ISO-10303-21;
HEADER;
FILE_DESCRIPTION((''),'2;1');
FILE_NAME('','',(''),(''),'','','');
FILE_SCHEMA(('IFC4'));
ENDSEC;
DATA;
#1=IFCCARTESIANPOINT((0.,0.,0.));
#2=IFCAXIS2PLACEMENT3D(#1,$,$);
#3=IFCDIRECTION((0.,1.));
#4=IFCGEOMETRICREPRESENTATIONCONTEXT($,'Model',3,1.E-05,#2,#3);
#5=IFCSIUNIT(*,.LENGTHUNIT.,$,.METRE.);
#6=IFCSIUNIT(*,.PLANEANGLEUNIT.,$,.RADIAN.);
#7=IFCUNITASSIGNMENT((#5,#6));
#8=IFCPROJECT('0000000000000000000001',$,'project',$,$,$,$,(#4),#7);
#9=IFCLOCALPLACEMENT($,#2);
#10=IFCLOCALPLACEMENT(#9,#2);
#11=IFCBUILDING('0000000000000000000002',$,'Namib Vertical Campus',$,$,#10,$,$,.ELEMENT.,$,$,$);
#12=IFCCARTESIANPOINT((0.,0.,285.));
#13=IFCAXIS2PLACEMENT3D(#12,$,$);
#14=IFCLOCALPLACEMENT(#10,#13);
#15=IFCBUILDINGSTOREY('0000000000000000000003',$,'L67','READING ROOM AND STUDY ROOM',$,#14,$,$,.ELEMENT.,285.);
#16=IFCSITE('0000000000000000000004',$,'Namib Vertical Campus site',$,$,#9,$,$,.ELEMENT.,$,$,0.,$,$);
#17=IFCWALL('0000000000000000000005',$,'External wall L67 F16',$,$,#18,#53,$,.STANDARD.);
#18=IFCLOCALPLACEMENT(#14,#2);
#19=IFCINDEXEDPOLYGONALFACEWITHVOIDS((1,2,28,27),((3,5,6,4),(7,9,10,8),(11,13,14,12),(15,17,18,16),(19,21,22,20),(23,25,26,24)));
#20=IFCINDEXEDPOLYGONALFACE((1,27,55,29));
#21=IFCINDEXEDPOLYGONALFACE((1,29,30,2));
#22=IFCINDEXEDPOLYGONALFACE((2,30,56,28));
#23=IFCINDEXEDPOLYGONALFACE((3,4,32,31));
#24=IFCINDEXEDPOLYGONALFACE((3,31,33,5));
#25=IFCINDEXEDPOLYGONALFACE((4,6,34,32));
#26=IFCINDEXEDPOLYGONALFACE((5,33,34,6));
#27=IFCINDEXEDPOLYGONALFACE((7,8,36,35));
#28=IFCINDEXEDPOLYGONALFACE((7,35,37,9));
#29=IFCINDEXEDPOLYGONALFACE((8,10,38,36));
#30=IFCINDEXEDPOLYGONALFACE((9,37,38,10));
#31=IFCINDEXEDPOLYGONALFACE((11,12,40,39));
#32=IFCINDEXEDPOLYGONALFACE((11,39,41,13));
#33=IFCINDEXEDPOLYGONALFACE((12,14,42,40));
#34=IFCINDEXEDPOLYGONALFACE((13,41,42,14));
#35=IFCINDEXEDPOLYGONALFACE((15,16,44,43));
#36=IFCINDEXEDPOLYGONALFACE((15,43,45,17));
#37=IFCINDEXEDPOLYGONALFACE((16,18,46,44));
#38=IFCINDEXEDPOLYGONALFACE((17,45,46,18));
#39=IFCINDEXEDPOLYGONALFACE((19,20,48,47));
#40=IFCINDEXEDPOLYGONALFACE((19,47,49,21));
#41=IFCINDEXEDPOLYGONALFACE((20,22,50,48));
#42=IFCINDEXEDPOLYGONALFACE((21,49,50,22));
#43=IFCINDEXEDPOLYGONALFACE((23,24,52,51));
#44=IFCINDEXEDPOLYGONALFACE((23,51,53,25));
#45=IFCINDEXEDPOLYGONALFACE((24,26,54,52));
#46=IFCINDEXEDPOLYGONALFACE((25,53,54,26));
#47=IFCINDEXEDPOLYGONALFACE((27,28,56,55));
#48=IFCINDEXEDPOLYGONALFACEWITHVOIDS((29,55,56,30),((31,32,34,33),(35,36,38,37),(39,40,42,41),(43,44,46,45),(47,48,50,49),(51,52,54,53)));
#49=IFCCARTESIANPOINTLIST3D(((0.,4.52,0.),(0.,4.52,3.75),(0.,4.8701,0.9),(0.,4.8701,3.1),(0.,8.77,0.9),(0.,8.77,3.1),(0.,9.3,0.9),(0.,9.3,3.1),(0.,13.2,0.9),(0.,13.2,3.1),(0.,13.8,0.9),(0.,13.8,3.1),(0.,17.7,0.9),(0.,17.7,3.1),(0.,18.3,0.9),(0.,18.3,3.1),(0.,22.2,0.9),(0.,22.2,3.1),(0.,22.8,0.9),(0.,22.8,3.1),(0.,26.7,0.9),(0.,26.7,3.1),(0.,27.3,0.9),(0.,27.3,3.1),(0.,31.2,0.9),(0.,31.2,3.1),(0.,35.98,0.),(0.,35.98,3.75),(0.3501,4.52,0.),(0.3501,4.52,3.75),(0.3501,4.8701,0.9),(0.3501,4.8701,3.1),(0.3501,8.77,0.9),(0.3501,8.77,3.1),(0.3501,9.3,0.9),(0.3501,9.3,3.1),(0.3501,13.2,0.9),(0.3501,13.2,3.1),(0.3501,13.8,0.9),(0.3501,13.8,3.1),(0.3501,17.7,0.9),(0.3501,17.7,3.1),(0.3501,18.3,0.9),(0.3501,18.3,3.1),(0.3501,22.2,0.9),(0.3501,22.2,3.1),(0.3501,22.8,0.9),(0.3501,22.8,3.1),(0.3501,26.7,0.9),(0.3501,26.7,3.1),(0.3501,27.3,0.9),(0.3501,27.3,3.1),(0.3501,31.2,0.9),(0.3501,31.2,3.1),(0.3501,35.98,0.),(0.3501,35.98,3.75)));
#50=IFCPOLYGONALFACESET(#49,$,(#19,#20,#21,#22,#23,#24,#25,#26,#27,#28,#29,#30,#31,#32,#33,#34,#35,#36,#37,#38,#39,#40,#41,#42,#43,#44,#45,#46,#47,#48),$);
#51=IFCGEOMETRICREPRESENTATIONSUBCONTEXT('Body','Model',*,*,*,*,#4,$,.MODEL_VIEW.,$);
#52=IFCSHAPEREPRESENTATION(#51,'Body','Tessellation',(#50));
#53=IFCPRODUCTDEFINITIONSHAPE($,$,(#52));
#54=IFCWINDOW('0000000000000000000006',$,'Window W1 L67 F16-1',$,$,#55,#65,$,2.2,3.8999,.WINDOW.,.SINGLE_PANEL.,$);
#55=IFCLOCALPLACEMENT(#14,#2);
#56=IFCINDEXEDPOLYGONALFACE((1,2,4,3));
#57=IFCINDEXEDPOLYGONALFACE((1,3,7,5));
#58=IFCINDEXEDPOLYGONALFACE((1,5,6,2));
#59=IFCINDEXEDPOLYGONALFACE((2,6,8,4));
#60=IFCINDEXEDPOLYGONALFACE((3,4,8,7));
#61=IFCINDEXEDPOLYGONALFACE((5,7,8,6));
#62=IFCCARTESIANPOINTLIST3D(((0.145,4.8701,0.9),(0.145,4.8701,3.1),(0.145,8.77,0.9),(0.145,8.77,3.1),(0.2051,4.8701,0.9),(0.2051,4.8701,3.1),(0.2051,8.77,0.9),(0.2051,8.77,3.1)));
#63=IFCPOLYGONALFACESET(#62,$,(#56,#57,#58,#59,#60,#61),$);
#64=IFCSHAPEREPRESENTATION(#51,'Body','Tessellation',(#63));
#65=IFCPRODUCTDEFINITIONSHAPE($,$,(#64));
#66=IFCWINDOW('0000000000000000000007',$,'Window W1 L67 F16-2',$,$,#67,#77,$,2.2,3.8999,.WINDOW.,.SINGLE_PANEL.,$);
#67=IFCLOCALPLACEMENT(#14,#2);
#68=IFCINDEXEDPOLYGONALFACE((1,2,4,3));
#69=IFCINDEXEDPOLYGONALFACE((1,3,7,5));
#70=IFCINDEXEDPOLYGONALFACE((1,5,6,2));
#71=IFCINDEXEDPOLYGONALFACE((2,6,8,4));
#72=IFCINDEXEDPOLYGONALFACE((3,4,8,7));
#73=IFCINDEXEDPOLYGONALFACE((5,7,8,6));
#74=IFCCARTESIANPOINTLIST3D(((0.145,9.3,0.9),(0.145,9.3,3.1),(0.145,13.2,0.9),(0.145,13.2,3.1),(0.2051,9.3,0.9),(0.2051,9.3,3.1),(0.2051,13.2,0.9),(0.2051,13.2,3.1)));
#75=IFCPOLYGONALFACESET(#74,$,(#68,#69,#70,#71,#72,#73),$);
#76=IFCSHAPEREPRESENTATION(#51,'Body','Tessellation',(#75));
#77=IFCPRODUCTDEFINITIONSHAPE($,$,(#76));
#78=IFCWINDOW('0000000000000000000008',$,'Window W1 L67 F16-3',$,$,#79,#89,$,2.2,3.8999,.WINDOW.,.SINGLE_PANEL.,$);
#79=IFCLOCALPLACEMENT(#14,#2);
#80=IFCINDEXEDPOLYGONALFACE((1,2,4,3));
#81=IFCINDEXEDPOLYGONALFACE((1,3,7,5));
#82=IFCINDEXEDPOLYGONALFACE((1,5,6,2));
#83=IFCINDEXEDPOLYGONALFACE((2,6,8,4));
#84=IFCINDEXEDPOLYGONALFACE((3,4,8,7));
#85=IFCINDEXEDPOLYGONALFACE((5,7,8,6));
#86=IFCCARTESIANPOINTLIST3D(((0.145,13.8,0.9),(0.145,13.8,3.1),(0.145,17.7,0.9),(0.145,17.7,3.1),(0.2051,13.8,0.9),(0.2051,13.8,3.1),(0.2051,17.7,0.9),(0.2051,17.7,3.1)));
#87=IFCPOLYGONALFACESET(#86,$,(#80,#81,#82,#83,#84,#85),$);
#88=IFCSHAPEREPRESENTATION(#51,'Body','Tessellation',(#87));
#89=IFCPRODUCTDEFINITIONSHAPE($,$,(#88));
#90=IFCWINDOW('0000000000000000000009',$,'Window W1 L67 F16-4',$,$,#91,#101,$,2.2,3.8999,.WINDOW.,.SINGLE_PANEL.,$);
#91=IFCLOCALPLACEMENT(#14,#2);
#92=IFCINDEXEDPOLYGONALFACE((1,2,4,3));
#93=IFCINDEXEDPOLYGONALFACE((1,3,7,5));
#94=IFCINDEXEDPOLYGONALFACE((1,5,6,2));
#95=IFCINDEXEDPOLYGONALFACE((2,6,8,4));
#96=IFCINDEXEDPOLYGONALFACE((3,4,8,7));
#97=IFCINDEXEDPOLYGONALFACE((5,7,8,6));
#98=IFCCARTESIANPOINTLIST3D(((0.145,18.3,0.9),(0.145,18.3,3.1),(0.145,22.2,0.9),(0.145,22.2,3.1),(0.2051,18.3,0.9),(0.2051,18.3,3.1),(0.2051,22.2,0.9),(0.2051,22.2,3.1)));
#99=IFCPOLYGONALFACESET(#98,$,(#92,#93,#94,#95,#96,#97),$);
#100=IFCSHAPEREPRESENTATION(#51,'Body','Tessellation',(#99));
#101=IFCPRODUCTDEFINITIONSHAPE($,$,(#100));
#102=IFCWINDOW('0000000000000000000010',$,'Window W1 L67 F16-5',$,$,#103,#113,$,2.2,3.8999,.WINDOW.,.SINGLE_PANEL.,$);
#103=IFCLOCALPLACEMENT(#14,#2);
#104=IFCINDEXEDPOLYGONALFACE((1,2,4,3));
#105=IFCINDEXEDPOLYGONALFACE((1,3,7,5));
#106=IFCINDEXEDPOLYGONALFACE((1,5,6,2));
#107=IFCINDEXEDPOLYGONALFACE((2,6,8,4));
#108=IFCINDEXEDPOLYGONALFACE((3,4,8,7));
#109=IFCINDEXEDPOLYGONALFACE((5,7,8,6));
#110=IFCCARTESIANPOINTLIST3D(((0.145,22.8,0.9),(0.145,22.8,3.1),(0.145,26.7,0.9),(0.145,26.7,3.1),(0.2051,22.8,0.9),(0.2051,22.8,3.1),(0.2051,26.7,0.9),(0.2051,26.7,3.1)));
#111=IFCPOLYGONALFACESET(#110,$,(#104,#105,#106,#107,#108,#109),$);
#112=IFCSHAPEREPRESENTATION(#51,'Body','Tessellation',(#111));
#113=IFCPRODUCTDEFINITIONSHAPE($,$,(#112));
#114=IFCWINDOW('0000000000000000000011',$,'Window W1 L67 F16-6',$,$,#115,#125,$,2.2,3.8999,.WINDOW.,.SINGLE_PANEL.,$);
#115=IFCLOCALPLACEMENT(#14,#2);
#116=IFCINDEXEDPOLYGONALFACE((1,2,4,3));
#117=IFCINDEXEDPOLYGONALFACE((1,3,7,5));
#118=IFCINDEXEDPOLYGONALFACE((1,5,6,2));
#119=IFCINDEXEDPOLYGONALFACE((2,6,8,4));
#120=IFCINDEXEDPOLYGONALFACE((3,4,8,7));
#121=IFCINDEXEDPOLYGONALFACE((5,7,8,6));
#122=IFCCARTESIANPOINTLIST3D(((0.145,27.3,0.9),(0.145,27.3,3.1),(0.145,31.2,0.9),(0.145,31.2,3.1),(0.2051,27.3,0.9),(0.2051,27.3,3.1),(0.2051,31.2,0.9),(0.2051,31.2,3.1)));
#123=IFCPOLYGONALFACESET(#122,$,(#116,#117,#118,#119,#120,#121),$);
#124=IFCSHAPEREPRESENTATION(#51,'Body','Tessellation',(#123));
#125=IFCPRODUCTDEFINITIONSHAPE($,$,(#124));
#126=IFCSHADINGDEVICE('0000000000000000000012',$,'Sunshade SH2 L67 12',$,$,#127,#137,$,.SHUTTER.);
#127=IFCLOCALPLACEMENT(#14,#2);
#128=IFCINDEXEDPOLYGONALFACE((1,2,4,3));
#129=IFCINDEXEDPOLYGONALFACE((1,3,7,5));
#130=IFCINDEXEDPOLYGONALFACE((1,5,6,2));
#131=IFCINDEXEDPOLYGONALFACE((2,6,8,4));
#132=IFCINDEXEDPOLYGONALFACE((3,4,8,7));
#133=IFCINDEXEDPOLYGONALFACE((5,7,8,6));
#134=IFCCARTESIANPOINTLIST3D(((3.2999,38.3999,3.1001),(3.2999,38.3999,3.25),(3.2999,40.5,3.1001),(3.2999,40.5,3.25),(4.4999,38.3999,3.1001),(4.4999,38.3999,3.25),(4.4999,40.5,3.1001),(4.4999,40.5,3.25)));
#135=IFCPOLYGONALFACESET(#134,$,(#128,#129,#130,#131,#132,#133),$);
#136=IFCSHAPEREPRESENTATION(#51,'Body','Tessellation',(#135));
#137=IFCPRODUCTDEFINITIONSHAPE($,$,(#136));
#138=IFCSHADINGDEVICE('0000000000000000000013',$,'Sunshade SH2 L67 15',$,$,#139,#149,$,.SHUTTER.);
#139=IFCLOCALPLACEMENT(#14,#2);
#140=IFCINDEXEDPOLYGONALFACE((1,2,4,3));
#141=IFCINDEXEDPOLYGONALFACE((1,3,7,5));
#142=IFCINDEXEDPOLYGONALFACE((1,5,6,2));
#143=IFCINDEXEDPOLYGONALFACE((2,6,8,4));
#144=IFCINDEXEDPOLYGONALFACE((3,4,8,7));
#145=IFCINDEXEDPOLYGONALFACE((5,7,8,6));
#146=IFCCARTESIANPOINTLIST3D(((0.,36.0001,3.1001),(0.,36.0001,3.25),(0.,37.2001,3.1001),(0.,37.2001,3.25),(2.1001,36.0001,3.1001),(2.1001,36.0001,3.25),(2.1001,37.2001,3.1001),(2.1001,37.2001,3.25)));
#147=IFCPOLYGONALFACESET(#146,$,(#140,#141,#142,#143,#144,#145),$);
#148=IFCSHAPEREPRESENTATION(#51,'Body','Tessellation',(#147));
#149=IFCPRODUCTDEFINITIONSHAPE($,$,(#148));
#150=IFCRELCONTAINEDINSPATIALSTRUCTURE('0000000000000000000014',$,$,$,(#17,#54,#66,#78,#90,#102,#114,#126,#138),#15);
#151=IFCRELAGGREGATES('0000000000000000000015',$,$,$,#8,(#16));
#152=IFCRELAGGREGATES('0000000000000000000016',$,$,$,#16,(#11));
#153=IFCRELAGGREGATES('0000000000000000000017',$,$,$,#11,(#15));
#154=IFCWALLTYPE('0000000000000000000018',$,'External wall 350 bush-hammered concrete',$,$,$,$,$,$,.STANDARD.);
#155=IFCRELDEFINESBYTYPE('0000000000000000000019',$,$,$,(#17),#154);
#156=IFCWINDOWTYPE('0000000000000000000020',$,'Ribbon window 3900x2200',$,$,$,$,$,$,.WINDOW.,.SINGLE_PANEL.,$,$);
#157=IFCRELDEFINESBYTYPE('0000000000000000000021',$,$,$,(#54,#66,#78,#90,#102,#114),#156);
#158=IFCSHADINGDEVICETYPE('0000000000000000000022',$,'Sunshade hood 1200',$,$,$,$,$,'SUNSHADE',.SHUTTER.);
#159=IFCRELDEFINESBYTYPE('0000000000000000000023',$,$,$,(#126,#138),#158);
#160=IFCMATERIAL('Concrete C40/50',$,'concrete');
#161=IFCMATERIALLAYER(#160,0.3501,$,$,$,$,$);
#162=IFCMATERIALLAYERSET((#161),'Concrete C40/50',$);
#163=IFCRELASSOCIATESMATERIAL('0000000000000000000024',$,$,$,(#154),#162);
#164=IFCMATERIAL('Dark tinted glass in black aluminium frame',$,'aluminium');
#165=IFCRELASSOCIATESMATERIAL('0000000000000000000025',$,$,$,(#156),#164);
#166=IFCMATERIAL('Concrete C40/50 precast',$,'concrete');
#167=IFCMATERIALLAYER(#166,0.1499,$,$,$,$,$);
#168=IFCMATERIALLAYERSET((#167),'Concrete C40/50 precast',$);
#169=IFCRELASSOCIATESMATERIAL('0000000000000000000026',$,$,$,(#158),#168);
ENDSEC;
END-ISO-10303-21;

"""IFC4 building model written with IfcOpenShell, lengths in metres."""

from ifc_helpers import new_model, si_unit, direction, frame, frame_2d, origin, origin_2d, place, context, subcontext, project, spatial, rectangle, extrude, material, layer, layer_set, type_object, element, fill, save


model = new_model("IFC4")

# Units and contexts
model_context = context("Model", 3, precision=1e-05, world=origin(), true_north=direction((0.0, 1.0)))
body_context = subcontext(model_context, "Body", "Model", "MODEL_VIEW")
ifc_project = project(units=[si_unit("LENGTHUNIT", "METRE"), si_unit("PLANEANGLEUNIT", "RADIAN")], contexts=[model_context])

# Site, building, storey
site_placement = place(None, origin())
site = spatial("IfcSite", under=ifc_project, at=site_placement, Name="Namib Vertical Campus site", CompositionType="ELEMENT", RefElevation=0.0)
building_placement = place(site_placement, origin())
building = spatial("IfcBuilding", under=site, at=building_placement, Name="Namib Vertical Campus", CompositionType="ELEMENT")
storey_placement = place(building_placement, frame((0.0, 0.0, 285.0)))
storey = spatial("IfcBuildingStorey", under=building, at=storey_placement, Name="L67", Description="READING ROOM AND STUDY ROOM", CompositionType="ELEMENT", Elevation=285.0)

# Shared definitions
ifc_material_1 = material(Name="Concrete C40/50", Category="concrete")
ifc_layer_1 = layer(ifc_material_1, 0.3501)
ifc_layer_set_1 = layer_set([ifc_layer_1], Name="Concrete C40/50")
wall_type_1 = type_object("IfcWallType", Name="External wall 350 bush-hammered concrete", PredefinedType="STANDARD", material=ifc_layer_set_1)

# Wall, openings, windows
wall_1_placement = place(storey_placement, frame((0.175, 35.98, 0.0), z_axis=(0.0, 0.0, 1.0), x_axis=(0.0, -1.0, 0.0)))
wall_1 = element("IfcWall", 1, at=wall_1_placement, inside=storey, type_object=wall_type_1, Name="External wall L67 F16", PredefinedType="STANDARD", context=body_context, shape_type="SweptSolid", body=[
    extrude(rectangle(XDim=31.46, YDim=0.3501, at=frame_2d((15.73, 0.0))), origin(), (0.0, 0.0, 1.0), 3.75),
])
opening_1_placement = place(wall_1_placement, frame((27.21, 0.0, 0.8999)))
opening_1 = element("IfcOpeningElement", 2, at=opening_1_placement, cuts=wall_1, PredefinedType="OPENING", context=body_context, shape_type="SweptSolid", body=[
    extrude(rectangle(XDim=3.8999, YDim=2.2, at=frame_2d((1.95, 1.1001))), frame((0.0, 0.1851, 0.0), z_axis=(0.0, -1.0, 0.0), x_axis=(1.0, 0.0, 0.0)), (0.0, 0.0, 1.0), 0.3701),
])
opening_2_placement = place(wall_1_placement, frame((22.78, 0.0, 0.8999)))
opening_2 = element("IfcOpeningElement", 3, at=opening_2_placement, cuts=wall_1, PredefinedType="OPENING", context=body_context, shape_type="SweptSolid", body=[
    extrude(rectangle(XDim=3.8999, YDim=2.2, at=frame_2d((1.95, 1.1001))), frame((0.0, 0.1851, 0.0), z_axis=(0.0, -1.0, 0.0), x_axis=(1.0, 0.0, 0.0)), (0.0, 0.0, 1.0), 0.3701),
])
opening_3_placement = place(wall_1_placement, frame((18.28, 0.0, 0.8999)))
opening_3 = element("IfcOpeningElement", 4, at=opening_3_placement, cuts=wall_1, PredefinedType="OPENING", context=body_context, shape_type="SweptSolid", body=[
    extrude(rectangle(XDim=3.8999, YDim=2.2, at=frame_2d((1.95, 1.1001))), frame((0.0, 0.1851, 0.0), z_axis=(0.0, -1.0, 0.0), x_axis=(1.0, 0.0, 0.0)), (0.0, 0.0, 1.0), 0.3701),
])
opening_4_placement = place(wall_1_placement, frame((13.78, 0.0, 0.8999)))
opening_4 = element("IfcOpeningElement", 5, at=opening_4_placement, cuts=wall_1, PredefinedType="OPENING", context=body_context, shape_type="SweptSolid", body=[
    extrude(rectangle(XDim=3.8999, YDim=2.2, at=frame_2d((1.95, 1.1001))), frame((0.0, 0.1851, 0.0), z_axis=(0.0, -1.0, 0.0), x_axis=(1.0, 0.0, 0.0)), (0.0, 0.0, 1.0), 0.3701),
])
opening_5_placement = place(wall_1_placement, frame((9.28, 0.0, 0.8999)))
opening_5 = element("IfcOpeningElement", 6, at=opening_5_placement, cuts=wall_1, PredefinedType="OPENING", context=body_context, shape_type="SweptSolid", body=[
    extrude(rectangle(XDim=3.8999, YDim=2.2, at=frame_2d((1.95, 1.1001))), frame((0.0, 0.1851, 0.0), z_axis=(0.0, -1.0, 0.0), x_axis=(1.0, 0.0, 0.0)), (0.0, 0.0, 1.0), 0.3701),
])
opening_6_placement = place(wall_1_placement, frame((4.78, 0.0, 0.8999)))
opening_6 = element("IfcOpeningElement", 7, at=opening_6_placement, cuts=wall_1, PredefinedType="OPENING", context=body_context, shape_type="SweptSolid", body=[
    extrude(rectangle(XDim=3.8999, YDim=2.2, at=frame_2d((1.95, 1.1001))), frame((0.0, 0.1851, 0.0), z_axis=(0.0, -1.0, 0.0), x_axis=(1.0, 0.0, 0.0)), (0.0, 0.0, 1.0), 0.3701),
])
ifc_material_2 = material(Name="Dark tinted glass in black aluminium frame", Category="aluminium")
window_type = type_object("IfcWindowType", Name="Ribbon window 3900x2200", PartitioningType="SINGLE_PANEL", PredefinedType="WINDOW", material=ifc_material_2)
window_1_placement = place(opening_1_placement, origin())
window_1 = element("IfcWindow", 8, at=window_1_placement, inside=storey, type_object=window_type, Name="Window W1 L67 F16-1", OverallHeight=2.2, OverallWidth=3.8999, PartitioningType="SINGLE_PANEL", PredefinedType="WINDOW", context=body_context, shape_type="SweptSolid", body=[
    extrude(rectangle(XDim=3.8999, YDim=2.2, at=frame_2d((1.95, 1.1001))), frame((0.0, 0.03, 0.0), z_axis=(0.0, -1.0, 0.0), x_axis=(1.0, 0.0, 0.0)), (0.0, 0.0, 1.0), 0.0601),
])
fill(opening_1, window_1)
window_2_placement = place(opening_2_placement, origin())
window_2 = element("IfcWindow", 9, at=window_2_placement, inside=storey, type_object=window_type, Name="Window W1 L67 F16-2", OverallHeight=2.2, OverallWidth=3.8999, PartitioningType="SINGLE_PANEL", PredefinedType="WINDOW", context=body_context, shape_type="SweptSolid", body=[
    extrude(rectangle(XDim=3.8999, YDim=2.2, at=frame_2d((1.95, 1.1001))), frame((0.0, 0.03, 0.0), z_axis=(0.0, -1.0, 0.0), x_axis=(1.0, 0.0, 0.0)), (0.0, 0.0, 1.0), 0.0601),
])
fill(opening_2, window_2)
window_3_placement = place(opening_3_placement, origin())
window_3 = element("IfcWindow", 10, at=window_3_placement, inside=storey, type_object=window_type, Name="Window W1 L67 F16-3", OverallHeight=2.2, OverallWidth=3.8999, PartitioningType="SINGLE_PANEL", PredefinedType="WINDOW", context=body_context, shape_type="SweptSolid", body=[
    extrude(rectangle(XDim=3.8999, YDim=2.2, at=frame_2d((1.95, 1.1001))), frame((0.0, 0.03, 0.0), z_axis=(0.0, -1.0, 0.0), x_axis=(1.0, 0.0, 0.0)), (0.0, 0.0, 1.0), 0.0601),
])
fill(opening_3, window_3)
window_4_placement = place(opening_4_placement, origin())
window_4 = element("IfcWindow", 11, at=window_4_placement, inside=storey, type_object=window_type, Name="Window W1 L67 F16-4", OverallHeight=2.2, OverallWidth=3.8999, PartitioningType="SINGLE_PANEL", PredefinedType="WINDOW", context=body_context, shape_type="SweptSolid", body=[
    extrude(rectangle(XDim=3.8999, YDim=2.2, at=frame_2d((1.95, 1.1001))), frame((0.0, 0.03, 0.0), z_axis=(0.0, -1.0, 0.0), x_axis=(1.0, 0.0, 0.0)), (0.0, 0.0, 1.0), 0.0601),
])
fill(opening_4, window_4)
window_5_placement = place(opening_5_placement, origin())
window_5 = element("IfcWindow", 12, at=window_5_placement, inside=storey, type_object=window_type, Name="Window W1 L67 F16-5", OverallHeight=2.2, OverallWidth=3.8999, PartitioningType="SINGLE_PANEL", PredefinedType="WINDOW", context=body_context, shape_type="SweptSolid", body=[
    extrude(rectangle(XDim=3.8999, YDim=2.2, at=frame_2d((1.95, 1.1001))), frame((0.0, 0.03, 0.0), z_axis=(0.0, -1.0, 0.0), x_axis=(1.0, 0.0, 0.0)), (0.0, 0.0, 1.0), 0.0601),
])
fill(opening_5, window_5)
window_6_placement = place(opening_6_placement, origin())
window_6 = element("IfcWindow", 13, at=window_6_placement, inside=storey, type_object=window_type, Name="Window W1 L67 F16-6", OverallHeight=2.2, OverallWidth=3.8999, PartitioningType="SINGLE_PANEL", PredefinedType="WINDOW", context=body_context, shape_type="SweptSolid", body=[
    extrude(rectangle(XDim=3.8999, YDim=2.2, at=frame_2d((1.95, 1.1001))), frame((0.0, 0.03, 0.0), z_axis=(0.0, -1.0, 0.0), x_axis=(1.0, 0.0, 0.0)), (0.0, 0.0, 1.0), 0.0601),
])
fill(opening_6, window_6)

# Shading devices
ifc_material_3 = material(Name="Concrete C40/50 precast", Category="concrete")
ifc_layer_2 = layer(ifc_material_3, 0.1499)
ifc_layer_set_2 = layer_set([ifc_layer_2], Name="Concrete C40/50 precast")
shading_device_type = type_object("IfcShadingDeviceType", Name="Sunshade hood 1200", ElementType="SUNSHADE", PredefinedType="SHUTTER", material=ifc_layer_set_2)
for number, where, z_axis, x_axis, name in (
    (14, (3.8999, 39.45, 3.1001), (0.0, 0.0, 1.0), (0.0, -1.0, 0.0), "Sunshade SH2 L67 12"),
    (15, (1.05, 36.6001, 3.1001), (0.0, 0.0, 1.0), (-1.0, 0.0, 0.0), "Sunshade SH2 L67 15"),
):
    element("IfcShadingDevice", number, at=place(storey_placement, frame(where, z_axis=z_axis, x_axis=x_axis)), inside=storey, type_object=shading_device_type, Name=name, PredefinedType="SHUTTER", context=body_context, shape_type="SweptSolid", body=[
        extrude(rectangle(XDim=2.1001, YDim=1.2, at=origin_2d()), origin(), (0.0, 0.0, 1.0), 0.1499),
    ])

save(model, "model.ifc")
